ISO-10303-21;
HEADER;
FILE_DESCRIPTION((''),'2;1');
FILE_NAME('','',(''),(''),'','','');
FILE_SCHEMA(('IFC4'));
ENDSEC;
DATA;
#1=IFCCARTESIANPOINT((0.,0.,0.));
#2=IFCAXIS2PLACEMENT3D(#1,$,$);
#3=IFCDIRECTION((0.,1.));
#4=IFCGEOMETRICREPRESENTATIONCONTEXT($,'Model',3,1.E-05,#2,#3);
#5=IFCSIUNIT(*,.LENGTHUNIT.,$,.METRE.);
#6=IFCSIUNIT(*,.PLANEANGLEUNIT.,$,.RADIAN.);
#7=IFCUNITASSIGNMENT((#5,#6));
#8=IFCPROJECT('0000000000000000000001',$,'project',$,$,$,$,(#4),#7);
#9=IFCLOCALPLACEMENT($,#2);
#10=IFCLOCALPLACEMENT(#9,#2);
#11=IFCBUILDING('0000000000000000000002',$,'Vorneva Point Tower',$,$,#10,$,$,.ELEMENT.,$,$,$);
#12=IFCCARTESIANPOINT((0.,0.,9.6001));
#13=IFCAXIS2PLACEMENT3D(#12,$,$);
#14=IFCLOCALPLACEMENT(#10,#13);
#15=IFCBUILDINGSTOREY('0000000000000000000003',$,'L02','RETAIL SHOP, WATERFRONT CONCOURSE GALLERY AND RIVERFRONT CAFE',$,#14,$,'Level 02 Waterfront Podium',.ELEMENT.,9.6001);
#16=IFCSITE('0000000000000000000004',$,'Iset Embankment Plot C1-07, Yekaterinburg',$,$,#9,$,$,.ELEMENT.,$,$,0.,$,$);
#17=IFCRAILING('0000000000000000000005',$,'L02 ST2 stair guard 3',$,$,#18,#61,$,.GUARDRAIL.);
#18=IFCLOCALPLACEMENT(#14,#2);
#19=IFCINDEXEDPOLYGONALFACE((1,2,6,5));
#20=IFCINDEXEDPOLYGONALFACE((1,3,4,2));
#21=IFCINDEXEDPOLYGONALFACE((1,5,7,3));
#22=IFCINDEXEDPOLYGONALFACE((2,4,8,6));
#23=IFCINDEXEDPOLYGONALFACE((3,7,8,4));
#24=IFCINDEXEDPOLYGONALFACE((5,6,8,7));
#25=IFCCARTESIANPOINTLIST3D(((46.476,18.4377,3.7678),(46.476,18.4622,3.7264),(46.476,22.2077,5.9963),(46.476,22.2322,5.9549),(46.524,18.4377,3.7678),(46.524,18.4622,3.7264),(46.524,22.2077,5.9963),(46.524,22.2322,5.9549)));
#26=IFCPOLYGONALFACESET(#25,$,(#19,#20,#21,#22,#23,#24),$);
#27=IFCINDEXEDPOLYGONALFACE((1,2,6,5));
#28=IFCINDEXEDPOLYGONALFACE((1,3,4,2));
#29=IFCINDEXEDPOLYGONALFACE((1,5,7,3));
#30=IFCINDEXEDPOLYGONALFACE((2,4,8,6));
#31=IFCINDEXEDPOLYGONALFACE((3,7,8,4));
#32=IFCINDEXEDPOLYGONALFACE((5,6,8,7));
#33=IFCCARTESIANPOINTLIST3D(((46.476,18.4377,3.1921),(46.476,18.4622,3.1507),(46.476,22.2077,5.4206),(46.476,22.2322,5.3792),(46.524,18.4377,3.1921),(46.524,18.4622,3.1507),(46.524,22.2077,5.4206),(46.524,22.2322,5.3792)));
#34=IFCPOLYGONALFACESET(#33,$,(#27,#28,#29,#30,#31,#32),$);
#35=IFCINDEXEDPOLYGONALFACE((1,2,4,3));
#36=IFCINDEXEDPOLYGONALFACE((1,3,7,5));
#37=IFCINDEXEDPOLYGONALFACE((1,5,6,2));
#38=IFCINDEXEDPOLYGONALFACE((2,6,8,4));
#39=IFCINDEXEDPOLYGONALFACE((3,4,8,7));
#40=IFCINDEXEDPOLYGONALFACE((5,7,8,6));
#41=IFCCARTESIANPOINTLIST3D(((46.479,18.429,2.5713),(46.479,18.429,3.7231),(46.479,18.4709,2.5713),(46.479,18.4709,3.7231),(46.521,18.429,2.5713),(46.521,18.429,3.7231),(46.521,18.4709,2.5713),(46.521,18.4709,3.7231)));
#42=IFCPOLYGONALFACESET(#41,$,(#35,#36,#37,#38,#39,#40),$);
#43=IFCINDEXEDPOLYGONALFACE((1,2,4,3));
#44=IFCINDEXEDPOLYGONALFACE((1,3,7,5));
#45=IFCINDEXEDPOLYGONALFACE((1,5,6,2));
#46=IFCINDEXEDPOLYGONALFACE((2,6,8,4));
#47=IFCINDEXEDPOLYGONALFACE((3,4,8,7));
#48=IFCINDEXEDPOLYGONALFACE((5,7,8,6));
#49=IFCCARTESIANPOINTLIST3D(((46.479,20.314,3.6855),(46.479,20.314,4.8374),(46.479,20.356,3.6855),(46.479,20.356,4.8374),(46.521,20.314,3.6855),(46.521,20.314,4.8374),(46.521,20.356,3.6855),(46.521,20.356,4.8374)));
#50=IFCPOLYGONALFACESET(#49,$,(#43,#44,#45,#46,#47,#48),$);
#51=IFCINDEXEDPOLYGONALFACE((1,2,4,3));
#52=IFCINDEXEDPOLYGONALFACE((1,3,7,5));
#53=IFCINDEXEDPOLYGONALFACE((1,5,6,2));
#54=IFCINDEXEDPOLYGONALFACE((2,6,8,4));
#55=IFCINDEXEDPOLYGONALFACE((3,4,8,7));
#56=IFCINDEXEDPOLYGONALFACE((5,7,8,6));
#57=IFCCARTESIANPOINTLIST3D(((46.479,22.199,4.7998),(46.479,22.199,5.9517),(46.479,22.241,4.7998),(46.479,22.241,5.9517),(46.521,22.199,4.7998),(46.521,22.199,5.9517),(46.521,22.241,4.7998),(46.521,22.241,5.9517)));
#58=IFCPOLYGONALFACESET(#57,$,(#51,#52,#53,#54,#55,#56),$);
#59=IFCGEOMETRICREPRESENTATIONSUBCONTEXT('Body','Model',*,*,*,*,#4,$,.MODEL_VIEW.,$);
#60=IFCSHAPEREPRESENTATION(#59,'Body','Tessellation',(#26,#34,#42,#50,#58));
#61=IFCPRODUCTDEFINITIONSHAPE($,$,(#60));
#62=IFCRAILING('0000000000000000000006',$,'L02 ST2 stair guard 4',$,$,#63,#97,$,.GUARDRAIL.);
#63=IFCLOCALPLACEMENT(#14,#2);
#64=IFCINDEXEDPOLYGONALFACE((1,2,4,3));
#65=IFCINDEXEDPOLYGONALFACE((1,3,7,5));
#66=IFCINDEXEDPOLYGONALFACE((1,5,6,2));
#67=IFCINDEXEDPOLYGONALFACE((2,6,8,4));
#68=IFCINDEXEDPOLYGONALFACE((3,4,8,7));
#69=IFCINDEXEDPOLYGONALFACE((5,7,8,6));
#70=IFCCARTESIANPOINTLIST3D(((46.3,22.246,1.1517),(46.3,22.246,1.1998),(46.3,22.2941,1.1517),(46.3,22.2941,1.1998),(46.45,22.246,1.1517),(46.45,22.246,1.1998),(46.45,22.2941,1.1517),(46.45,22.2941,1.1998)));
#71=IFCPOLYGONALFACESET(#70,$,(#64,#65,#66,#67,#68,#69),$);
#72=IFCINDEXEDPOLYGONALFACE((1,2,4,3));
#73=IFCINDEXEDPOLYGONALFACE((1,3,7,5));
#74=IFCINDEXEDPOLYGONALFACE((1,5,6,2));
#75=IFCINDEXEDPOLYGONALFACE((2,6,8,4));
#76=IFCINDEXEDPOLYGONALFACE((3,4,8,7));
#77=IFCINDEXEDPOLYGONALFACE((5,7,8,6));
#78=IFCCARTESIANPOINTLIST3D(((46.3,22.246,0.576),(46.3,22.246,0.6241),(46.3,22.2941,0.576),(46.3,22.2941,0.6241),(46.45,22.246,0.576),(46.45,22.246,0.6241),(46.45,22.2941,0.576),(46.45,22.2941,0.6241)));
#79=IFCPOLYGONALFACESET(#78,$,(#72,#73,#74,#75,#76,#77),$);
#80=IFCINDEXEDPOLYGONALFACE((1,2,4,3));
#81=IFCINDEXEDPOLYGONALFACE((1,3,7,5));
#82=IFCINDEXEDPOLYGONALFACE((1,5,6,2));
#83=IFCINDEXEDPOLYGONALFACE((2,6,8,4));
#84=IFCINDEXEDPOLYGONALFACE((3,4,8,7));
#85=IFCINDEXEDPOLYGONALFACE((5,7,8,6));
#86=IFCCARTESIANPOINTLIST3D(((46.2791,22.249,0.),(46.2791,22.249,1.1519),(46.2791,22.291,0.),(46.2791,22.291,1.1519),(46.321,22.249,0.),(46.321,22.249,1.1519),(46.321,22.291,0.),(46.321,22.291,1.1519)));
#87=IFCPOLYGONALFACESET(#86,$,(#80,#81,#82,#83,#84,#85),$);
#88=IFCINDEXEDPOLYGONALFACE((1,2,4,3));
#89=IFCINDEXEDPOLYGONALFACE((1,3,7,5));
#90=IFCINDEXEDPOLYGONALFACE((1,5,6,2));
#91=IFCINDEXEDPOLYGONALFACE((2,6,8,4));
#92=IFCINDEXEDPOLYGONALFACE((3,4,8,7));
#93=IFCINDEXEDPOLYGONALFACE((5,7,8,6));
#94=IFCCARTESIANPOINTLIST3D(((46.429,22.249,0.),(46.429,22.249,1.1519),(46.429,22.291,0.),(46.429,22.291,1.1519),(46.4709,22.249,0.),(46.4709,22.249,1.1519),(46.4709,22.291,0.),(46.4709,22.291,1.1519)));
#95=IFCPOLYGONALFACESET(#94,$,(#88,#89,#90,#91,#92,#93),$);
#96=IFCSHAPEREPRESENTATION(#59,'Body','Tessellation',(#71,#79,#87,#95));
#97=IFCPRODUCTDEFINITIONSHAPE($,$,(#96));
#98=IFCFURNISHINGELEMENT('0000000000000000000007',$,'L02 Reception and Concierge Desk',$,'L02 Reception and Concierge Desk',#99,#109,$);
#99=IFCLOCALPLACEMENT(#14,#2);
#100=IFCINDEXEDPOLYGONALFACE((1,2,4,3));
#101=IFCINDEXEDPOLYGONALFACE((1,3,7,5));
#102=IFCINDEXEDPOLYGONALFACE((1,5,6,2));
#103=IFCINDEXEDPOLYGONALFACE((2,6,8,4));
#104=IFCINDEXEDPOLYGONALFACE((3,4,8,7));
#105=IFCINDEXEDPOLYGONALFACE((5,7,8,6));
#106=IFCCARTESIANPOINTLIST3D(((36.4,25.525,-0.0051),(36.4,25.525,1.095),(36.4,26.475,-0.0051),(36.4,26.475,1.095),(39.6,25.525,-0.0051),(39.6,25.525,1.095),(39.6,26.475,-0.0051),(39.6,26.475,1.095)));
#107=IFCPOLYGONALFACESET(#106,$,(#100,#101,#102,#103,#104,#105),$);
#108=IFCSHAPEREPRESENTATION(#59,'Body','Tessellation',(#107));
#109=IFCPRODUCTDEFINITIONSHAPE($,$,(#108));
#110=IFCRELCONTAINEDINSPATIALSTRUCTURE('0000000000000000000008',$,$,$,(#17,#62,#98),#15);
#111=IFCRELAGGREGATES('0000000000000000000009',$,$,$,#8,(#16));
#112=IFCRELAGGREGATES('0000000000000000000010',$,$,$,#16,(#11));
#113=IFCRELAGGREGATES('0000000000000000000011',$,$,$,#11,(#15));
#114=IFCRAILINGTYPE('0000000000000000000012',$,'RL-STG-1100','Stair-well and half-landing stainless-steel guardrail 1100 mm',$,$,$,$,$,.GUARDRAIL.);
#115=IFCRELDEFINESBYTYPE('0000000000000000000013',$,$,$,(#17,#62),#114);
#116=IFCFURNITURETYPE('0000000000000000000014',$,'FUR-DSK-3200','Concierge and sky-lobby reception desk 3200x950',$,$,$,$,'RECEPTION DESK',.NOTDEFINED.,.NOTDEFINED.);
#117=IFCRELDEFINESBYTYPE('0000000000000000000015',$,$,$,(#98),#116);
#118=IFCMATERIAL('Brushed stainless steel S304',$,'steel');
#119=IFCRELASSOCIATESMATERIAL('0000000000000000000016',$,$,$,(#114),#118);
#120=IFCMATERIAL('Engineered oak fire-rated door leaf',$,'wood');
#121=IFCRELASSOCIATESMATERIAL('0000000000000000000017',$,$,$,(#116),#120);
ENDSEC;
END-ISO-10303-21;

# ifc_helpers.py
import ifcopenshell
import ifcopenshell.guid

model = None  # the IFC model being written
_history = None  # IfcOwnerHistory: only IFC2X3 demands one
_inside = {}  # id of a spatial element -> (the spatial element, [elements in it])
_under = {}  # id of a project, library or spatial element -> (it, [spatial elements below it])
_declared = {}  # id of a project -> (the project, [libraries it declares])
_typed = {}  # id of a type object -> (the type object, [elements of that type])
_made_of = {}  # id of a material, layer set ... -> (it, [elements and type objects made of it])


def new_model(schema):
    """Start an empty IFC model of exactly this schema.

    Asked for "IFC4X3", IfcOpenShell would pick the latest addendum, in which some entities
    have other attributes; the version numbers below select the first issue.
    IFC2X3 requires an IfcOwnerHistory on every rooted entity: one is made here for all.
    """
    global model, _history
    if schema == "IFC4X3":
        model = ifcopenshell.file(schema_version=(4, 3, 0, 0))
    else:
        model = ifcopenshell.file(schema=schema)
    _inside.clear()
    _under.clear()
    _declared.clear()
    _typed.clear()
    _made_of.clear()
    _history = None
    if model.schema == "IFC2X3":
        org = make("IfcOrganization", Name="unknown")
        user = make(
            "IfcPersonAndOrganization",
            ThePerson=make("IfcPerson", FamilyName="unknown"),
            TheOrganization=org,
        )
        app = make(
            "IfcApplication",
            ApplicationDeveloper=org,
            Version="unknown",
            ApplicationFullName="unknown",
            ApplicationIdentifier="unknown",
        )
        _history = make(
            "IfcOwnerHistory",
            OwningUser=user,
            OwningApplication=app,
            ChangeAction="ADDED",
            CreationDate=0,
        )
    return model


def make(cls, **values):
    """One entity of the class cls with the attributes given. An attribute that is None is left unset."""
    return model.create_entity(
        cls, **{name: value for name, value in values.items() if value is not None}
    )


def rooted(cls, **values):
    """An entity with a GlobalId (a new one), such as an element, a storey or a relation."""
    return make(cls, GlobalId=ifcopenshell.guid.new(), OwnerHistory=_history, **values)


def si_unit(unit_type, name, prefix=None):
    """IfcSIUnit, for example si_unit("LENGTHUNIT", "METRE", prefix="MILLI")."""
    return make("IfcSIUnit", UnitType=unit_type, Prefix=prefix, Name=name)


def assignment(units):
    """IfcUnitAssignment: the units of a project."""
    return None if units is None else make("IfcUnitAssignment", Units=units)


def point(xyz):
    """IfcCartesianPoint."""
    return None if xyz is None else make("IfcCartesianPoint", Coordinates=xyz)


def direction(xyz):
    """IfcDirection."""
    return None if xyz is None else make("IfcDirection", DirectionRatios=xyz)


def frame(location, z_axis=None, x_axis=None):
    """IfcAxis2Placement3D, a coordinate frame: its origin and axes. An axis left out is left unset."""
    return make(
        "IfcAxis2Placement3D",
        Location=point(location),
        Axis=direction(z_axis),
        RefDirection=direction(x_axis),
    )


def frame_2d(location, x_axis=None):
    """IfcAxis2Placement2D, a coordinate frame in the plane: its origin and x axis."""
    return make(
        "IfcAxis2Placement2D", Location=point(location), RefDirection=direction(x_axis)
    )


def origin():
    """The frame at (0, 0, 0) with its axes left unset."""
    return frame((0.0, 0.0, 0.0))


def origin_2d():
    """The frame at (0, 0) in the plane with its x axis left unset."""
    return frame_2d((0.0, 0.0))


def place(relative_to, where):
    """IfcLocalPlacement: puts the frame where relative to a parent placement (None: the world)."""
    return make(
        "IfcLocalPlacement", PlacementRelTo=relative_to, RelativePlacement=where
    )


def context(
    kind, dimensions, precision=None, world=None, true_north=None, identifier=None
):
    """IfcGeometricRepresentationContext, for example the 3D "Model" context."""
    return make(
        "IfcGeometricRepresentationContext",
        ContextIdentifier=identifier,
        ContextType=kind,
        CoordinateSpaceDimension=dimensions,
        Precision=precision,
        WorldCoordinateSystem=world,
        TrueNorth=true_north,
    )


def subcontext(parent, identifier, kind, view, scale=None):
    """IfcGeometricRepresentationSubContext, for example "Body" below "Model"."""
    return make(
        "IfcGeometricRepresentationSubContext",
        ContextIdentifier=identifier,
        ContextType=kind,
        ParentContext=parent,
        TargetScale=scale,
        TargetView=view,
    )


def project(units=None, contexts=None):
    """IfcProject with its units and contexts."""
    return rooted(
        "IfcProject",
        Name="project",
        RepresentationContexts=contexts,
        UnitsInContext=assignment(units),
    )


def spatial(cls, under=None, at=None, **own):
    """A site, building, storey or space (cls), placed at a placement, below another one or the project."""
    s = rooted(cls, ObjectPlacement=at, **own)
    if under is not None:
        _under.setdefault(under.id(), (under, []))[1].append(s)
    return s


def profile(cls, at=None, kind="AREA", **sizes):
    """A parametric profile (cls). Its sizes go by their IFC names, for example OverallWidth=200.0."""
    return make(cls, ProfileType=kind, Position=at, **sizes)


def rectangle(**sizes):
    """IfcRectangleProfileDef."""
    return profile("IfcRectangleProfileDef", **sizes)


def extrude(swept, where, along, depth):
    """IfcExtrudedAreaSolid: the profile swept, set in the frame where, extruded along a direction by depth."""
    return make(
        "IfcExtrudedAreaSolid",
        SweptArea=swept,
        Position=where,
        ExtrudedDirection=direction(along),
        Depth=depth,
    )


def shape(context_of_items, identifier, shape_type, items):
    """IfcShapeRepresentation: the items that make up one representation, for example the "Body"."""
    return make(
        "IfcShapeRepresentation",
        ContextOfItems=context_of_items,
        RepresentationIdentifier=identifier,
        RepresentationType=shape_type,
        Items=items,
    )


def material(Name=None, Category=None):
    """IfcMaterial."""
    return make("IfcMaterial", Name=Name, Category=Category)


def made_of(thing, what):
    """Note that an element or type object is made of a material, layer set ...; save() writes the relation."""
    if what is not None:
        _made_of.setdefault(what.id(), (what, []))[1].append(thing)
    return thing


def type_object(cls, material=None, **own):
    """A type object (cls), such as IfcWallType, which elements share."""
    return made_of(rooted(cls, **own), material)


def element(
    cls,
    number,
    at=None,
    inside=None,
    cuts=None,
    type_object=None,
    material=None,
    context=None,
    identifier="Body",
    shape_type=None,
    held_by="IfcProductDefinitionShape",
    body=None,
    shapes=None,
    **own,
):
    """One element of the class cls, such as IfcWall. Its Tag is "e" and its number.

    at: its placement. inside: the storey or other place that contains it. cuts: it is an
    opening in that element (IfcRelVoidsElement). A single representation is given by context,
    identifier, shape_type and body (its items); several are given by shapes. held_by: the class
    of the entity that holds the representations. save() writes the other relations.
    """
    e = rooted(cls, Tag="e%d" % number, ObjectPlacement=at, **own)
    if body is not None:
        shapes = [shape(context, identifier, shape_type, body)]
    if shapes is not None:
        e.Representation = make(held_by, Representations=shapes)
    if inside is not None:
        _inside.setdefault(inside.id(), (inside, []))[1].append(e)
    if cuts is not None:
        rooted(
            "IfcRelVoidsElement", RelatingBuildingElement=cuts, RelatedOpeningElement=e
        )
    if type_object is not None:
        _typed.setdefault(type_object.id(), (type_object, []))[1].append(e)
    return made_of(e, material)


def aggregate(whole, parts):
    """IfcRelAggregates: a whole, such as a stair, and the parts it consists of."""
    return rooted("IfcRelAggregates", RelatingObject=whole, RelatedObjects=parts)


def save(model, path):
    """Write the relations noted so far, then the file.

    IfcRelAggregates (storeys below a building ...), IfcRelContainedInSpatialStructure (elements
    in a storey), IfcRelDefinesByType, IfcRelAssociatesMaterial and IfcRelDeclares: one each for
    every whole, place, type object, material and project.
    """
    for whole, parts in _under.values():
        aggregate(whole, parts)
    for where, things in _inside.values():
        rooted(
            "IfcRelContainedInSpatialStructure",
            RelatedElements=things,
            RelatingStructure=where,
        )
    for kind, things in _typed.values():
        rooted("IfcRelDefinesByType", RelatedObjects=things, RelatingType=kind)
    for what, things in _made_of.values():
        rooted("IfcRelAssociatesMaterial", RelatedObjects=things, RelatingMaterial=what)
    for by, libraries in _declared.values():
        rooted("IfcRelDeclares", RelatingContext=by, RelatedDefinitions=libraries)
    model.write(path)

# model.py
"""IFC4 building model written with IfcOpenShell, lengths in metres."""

from ifc_helpers import new_model, si_unit, direction, frame, origin, origin_2d, place, context, subcontext, project, spatial, rectangle, extrude, material, type_object, element, save


model = new_model("IFC4")

# Units and contexts
model_context = context("Model", 3, precision=1e-05, world=origin(), true_north=direction((0.0, 1.0)))
body_context = subcontext(model_context, "Body", "Model", "MODEL_VIEW")
ifc_project = project(units=[si_unit("LENGTHUNIT", "METRE"), si_unit("PLANEANGLEUNIT", "RADIAN")], contexts=[model_context])

# Site, building, storey
site_placement = place(None, origin())
site = spatial("IfcSite", under=ifc_project, at=site_placement, Name="Iset Embankment Plot C1-07, Yekaterinburg", CompositionType="ELEMENT", RefElevation=0.0)
building_placement = place(site_placement, origin())
building = spatial("IfcBuilding", under=site, at=building_placement, Name="Vorneva Point Tower", CompositionType="ELEMENT")
storey_placement = place(building_placement, frame((0.0, 0.0, 9.6001)))
storey = spatial("IfcBuildingStorey", under=building, at=storey_placement, Name="L02", Description="RETAIL SHOP, WATERFRONT CONCOURSE GALLERY AND RIVERFRONT CAFE", LongName="Level 02 Waterfront Podium", CompositionType="ELEMENT", Elevation=9.6001)

# Shared definitions
ifc_material_1 = material(Name="Engineered oak fire-rated door leaf", Category="wood")

# Railings
ifc_material_2 = material(Name="Brushed stainless steel S304", Category="steel")
railing_type_1 = type_object("IfcRailingType", Name="RL-STG-1100", Description="Stair-well and half-landing stainless-steel guardrail 1100 mm", PredefinedType="GUARDRAIL", material=ifc_material_2)
railing_1_placement = place(storey_placement, frame((46.5, 18.45, 2.5713)))
element("IfcRailing", 1, at=railing_1_placement, inside=storey, type_object=railing_type_1, Name="L02 ST2 stair guard 3", PredefinedType="GUARDRAIL", context=body_context, shape_type="SweptSolid", body=[
    extrude(rectangle(XDim=0.0481, YDim=0.0481, at=origin_2d()), frame((0.0, 0.0, 1.1758), z_axis=(0.0, 0.860849, 0.508861), x_axis=(-1.0, 0.0, 0.0)), (0.0, 0.0, 1.0), 4.3794),
    extrude(rectangle(XDim=0.0481, YDim=0.0481, at=origin_2d()), frame((0.0, 0.0, 0.6001), z_axis=(0.0, 0.860849, 0.508861), x_axis=(-1.0, 0.0, 0.0)), (0.0, 0.0, 1.0), 4.3794),
    extrude(rectangle(XDim=0.042, YDim=0.042, at=origin_2d()), origin(), (0.0, 0.0, 1.0), 1.1519),
    extrude(rectangle(XDim=0.042, YDim=0.042, at=origin_2d()), frame((0.0, 1.885, 1.1143)), (0.0, 0.0, 1.0), 1.1519),
    extrude(rectangle(XDim=0.042, YDim=0.042, at=origin_2d()), frame((0.0, 3.77, 2.2285)), (0.0, 0.0, 1.0), 1.1519),
])
railing_2_placement = place(storey_placement, frame((46.3, 22.27, 0.0)))
element("IfcRailing", 2, at=railing_2_placement, inside=storey, type_object=railing_type_1, Name="L02 ST2 stair guard 4", PredefinedType="GUARDRAIL", context=body_context, shape_type="SweptSolid", body=[
    extrude(rectangle(XDim=0.0481, YDim=0.0481, at=origin_2d()), frame((0.0, 0.0, 1.1758), z_axis=(1.0, 0.0, 0.0), x_axis=(0.0, 1.0, 0.0)), (0.0, 0.0, 1.0), 0.1499),
    extrude(rectangle(XDim=0.0481, YDim=0.0481, at=origin_2d()), frame((0.0, 0.0, 0.6001), z_axis=(1.0, 0.0, 0.0), x_axis=(0.0, 1.0, 0.0)), (0.0, 0.0, 1.0), 0.1499),
    extrude(rectangle(XDim=0.042, YDim=0.042, at=origin_2d()), origin(), (0.0, 0.0, 1.0), 1.1519),
    extrude(rectangle(XDim=0.042, YDim=0.042, at=origin_2d()), frame((0.1499, 0.0, 0.0)), (0.0, 0.0, 1.0), 1.1519),
])

# Furnishing element
furniture_type = type_object("IfcFurnitureType", Name="FUR-DSK-3200", Description="Concierge and sky-lobby reception desk 3200x950", ElementType="RECEPTION DESK", AssemblyPlace="NOTDEFINED", PredefinedType="NOTDEFINED", material=ifc_material_1)
furnishing_placement = place(storey_placement, frame((38.0, 26.0, -0.0051), z_axis=(0.0, 0.0, 1.0), x_axis=(1.0, 0.0, 0.0)))
element("IfcFurnishingElement", 3, at=furnishing_placement, inside=storey, type_object=furniture_type, Name="L02 Reception and Concierge Desk", ObjectType="L02 Reception and Concierge Desk", context=body_context, shape_type="SweptSolid", body=[
    extrude(rectangle(XDim=3.2, YDim=0.95, at=origin_2d()), origin(), (0.0, 0.0, 1.0), 1.1001),
])

save(model, "model.ifc")
